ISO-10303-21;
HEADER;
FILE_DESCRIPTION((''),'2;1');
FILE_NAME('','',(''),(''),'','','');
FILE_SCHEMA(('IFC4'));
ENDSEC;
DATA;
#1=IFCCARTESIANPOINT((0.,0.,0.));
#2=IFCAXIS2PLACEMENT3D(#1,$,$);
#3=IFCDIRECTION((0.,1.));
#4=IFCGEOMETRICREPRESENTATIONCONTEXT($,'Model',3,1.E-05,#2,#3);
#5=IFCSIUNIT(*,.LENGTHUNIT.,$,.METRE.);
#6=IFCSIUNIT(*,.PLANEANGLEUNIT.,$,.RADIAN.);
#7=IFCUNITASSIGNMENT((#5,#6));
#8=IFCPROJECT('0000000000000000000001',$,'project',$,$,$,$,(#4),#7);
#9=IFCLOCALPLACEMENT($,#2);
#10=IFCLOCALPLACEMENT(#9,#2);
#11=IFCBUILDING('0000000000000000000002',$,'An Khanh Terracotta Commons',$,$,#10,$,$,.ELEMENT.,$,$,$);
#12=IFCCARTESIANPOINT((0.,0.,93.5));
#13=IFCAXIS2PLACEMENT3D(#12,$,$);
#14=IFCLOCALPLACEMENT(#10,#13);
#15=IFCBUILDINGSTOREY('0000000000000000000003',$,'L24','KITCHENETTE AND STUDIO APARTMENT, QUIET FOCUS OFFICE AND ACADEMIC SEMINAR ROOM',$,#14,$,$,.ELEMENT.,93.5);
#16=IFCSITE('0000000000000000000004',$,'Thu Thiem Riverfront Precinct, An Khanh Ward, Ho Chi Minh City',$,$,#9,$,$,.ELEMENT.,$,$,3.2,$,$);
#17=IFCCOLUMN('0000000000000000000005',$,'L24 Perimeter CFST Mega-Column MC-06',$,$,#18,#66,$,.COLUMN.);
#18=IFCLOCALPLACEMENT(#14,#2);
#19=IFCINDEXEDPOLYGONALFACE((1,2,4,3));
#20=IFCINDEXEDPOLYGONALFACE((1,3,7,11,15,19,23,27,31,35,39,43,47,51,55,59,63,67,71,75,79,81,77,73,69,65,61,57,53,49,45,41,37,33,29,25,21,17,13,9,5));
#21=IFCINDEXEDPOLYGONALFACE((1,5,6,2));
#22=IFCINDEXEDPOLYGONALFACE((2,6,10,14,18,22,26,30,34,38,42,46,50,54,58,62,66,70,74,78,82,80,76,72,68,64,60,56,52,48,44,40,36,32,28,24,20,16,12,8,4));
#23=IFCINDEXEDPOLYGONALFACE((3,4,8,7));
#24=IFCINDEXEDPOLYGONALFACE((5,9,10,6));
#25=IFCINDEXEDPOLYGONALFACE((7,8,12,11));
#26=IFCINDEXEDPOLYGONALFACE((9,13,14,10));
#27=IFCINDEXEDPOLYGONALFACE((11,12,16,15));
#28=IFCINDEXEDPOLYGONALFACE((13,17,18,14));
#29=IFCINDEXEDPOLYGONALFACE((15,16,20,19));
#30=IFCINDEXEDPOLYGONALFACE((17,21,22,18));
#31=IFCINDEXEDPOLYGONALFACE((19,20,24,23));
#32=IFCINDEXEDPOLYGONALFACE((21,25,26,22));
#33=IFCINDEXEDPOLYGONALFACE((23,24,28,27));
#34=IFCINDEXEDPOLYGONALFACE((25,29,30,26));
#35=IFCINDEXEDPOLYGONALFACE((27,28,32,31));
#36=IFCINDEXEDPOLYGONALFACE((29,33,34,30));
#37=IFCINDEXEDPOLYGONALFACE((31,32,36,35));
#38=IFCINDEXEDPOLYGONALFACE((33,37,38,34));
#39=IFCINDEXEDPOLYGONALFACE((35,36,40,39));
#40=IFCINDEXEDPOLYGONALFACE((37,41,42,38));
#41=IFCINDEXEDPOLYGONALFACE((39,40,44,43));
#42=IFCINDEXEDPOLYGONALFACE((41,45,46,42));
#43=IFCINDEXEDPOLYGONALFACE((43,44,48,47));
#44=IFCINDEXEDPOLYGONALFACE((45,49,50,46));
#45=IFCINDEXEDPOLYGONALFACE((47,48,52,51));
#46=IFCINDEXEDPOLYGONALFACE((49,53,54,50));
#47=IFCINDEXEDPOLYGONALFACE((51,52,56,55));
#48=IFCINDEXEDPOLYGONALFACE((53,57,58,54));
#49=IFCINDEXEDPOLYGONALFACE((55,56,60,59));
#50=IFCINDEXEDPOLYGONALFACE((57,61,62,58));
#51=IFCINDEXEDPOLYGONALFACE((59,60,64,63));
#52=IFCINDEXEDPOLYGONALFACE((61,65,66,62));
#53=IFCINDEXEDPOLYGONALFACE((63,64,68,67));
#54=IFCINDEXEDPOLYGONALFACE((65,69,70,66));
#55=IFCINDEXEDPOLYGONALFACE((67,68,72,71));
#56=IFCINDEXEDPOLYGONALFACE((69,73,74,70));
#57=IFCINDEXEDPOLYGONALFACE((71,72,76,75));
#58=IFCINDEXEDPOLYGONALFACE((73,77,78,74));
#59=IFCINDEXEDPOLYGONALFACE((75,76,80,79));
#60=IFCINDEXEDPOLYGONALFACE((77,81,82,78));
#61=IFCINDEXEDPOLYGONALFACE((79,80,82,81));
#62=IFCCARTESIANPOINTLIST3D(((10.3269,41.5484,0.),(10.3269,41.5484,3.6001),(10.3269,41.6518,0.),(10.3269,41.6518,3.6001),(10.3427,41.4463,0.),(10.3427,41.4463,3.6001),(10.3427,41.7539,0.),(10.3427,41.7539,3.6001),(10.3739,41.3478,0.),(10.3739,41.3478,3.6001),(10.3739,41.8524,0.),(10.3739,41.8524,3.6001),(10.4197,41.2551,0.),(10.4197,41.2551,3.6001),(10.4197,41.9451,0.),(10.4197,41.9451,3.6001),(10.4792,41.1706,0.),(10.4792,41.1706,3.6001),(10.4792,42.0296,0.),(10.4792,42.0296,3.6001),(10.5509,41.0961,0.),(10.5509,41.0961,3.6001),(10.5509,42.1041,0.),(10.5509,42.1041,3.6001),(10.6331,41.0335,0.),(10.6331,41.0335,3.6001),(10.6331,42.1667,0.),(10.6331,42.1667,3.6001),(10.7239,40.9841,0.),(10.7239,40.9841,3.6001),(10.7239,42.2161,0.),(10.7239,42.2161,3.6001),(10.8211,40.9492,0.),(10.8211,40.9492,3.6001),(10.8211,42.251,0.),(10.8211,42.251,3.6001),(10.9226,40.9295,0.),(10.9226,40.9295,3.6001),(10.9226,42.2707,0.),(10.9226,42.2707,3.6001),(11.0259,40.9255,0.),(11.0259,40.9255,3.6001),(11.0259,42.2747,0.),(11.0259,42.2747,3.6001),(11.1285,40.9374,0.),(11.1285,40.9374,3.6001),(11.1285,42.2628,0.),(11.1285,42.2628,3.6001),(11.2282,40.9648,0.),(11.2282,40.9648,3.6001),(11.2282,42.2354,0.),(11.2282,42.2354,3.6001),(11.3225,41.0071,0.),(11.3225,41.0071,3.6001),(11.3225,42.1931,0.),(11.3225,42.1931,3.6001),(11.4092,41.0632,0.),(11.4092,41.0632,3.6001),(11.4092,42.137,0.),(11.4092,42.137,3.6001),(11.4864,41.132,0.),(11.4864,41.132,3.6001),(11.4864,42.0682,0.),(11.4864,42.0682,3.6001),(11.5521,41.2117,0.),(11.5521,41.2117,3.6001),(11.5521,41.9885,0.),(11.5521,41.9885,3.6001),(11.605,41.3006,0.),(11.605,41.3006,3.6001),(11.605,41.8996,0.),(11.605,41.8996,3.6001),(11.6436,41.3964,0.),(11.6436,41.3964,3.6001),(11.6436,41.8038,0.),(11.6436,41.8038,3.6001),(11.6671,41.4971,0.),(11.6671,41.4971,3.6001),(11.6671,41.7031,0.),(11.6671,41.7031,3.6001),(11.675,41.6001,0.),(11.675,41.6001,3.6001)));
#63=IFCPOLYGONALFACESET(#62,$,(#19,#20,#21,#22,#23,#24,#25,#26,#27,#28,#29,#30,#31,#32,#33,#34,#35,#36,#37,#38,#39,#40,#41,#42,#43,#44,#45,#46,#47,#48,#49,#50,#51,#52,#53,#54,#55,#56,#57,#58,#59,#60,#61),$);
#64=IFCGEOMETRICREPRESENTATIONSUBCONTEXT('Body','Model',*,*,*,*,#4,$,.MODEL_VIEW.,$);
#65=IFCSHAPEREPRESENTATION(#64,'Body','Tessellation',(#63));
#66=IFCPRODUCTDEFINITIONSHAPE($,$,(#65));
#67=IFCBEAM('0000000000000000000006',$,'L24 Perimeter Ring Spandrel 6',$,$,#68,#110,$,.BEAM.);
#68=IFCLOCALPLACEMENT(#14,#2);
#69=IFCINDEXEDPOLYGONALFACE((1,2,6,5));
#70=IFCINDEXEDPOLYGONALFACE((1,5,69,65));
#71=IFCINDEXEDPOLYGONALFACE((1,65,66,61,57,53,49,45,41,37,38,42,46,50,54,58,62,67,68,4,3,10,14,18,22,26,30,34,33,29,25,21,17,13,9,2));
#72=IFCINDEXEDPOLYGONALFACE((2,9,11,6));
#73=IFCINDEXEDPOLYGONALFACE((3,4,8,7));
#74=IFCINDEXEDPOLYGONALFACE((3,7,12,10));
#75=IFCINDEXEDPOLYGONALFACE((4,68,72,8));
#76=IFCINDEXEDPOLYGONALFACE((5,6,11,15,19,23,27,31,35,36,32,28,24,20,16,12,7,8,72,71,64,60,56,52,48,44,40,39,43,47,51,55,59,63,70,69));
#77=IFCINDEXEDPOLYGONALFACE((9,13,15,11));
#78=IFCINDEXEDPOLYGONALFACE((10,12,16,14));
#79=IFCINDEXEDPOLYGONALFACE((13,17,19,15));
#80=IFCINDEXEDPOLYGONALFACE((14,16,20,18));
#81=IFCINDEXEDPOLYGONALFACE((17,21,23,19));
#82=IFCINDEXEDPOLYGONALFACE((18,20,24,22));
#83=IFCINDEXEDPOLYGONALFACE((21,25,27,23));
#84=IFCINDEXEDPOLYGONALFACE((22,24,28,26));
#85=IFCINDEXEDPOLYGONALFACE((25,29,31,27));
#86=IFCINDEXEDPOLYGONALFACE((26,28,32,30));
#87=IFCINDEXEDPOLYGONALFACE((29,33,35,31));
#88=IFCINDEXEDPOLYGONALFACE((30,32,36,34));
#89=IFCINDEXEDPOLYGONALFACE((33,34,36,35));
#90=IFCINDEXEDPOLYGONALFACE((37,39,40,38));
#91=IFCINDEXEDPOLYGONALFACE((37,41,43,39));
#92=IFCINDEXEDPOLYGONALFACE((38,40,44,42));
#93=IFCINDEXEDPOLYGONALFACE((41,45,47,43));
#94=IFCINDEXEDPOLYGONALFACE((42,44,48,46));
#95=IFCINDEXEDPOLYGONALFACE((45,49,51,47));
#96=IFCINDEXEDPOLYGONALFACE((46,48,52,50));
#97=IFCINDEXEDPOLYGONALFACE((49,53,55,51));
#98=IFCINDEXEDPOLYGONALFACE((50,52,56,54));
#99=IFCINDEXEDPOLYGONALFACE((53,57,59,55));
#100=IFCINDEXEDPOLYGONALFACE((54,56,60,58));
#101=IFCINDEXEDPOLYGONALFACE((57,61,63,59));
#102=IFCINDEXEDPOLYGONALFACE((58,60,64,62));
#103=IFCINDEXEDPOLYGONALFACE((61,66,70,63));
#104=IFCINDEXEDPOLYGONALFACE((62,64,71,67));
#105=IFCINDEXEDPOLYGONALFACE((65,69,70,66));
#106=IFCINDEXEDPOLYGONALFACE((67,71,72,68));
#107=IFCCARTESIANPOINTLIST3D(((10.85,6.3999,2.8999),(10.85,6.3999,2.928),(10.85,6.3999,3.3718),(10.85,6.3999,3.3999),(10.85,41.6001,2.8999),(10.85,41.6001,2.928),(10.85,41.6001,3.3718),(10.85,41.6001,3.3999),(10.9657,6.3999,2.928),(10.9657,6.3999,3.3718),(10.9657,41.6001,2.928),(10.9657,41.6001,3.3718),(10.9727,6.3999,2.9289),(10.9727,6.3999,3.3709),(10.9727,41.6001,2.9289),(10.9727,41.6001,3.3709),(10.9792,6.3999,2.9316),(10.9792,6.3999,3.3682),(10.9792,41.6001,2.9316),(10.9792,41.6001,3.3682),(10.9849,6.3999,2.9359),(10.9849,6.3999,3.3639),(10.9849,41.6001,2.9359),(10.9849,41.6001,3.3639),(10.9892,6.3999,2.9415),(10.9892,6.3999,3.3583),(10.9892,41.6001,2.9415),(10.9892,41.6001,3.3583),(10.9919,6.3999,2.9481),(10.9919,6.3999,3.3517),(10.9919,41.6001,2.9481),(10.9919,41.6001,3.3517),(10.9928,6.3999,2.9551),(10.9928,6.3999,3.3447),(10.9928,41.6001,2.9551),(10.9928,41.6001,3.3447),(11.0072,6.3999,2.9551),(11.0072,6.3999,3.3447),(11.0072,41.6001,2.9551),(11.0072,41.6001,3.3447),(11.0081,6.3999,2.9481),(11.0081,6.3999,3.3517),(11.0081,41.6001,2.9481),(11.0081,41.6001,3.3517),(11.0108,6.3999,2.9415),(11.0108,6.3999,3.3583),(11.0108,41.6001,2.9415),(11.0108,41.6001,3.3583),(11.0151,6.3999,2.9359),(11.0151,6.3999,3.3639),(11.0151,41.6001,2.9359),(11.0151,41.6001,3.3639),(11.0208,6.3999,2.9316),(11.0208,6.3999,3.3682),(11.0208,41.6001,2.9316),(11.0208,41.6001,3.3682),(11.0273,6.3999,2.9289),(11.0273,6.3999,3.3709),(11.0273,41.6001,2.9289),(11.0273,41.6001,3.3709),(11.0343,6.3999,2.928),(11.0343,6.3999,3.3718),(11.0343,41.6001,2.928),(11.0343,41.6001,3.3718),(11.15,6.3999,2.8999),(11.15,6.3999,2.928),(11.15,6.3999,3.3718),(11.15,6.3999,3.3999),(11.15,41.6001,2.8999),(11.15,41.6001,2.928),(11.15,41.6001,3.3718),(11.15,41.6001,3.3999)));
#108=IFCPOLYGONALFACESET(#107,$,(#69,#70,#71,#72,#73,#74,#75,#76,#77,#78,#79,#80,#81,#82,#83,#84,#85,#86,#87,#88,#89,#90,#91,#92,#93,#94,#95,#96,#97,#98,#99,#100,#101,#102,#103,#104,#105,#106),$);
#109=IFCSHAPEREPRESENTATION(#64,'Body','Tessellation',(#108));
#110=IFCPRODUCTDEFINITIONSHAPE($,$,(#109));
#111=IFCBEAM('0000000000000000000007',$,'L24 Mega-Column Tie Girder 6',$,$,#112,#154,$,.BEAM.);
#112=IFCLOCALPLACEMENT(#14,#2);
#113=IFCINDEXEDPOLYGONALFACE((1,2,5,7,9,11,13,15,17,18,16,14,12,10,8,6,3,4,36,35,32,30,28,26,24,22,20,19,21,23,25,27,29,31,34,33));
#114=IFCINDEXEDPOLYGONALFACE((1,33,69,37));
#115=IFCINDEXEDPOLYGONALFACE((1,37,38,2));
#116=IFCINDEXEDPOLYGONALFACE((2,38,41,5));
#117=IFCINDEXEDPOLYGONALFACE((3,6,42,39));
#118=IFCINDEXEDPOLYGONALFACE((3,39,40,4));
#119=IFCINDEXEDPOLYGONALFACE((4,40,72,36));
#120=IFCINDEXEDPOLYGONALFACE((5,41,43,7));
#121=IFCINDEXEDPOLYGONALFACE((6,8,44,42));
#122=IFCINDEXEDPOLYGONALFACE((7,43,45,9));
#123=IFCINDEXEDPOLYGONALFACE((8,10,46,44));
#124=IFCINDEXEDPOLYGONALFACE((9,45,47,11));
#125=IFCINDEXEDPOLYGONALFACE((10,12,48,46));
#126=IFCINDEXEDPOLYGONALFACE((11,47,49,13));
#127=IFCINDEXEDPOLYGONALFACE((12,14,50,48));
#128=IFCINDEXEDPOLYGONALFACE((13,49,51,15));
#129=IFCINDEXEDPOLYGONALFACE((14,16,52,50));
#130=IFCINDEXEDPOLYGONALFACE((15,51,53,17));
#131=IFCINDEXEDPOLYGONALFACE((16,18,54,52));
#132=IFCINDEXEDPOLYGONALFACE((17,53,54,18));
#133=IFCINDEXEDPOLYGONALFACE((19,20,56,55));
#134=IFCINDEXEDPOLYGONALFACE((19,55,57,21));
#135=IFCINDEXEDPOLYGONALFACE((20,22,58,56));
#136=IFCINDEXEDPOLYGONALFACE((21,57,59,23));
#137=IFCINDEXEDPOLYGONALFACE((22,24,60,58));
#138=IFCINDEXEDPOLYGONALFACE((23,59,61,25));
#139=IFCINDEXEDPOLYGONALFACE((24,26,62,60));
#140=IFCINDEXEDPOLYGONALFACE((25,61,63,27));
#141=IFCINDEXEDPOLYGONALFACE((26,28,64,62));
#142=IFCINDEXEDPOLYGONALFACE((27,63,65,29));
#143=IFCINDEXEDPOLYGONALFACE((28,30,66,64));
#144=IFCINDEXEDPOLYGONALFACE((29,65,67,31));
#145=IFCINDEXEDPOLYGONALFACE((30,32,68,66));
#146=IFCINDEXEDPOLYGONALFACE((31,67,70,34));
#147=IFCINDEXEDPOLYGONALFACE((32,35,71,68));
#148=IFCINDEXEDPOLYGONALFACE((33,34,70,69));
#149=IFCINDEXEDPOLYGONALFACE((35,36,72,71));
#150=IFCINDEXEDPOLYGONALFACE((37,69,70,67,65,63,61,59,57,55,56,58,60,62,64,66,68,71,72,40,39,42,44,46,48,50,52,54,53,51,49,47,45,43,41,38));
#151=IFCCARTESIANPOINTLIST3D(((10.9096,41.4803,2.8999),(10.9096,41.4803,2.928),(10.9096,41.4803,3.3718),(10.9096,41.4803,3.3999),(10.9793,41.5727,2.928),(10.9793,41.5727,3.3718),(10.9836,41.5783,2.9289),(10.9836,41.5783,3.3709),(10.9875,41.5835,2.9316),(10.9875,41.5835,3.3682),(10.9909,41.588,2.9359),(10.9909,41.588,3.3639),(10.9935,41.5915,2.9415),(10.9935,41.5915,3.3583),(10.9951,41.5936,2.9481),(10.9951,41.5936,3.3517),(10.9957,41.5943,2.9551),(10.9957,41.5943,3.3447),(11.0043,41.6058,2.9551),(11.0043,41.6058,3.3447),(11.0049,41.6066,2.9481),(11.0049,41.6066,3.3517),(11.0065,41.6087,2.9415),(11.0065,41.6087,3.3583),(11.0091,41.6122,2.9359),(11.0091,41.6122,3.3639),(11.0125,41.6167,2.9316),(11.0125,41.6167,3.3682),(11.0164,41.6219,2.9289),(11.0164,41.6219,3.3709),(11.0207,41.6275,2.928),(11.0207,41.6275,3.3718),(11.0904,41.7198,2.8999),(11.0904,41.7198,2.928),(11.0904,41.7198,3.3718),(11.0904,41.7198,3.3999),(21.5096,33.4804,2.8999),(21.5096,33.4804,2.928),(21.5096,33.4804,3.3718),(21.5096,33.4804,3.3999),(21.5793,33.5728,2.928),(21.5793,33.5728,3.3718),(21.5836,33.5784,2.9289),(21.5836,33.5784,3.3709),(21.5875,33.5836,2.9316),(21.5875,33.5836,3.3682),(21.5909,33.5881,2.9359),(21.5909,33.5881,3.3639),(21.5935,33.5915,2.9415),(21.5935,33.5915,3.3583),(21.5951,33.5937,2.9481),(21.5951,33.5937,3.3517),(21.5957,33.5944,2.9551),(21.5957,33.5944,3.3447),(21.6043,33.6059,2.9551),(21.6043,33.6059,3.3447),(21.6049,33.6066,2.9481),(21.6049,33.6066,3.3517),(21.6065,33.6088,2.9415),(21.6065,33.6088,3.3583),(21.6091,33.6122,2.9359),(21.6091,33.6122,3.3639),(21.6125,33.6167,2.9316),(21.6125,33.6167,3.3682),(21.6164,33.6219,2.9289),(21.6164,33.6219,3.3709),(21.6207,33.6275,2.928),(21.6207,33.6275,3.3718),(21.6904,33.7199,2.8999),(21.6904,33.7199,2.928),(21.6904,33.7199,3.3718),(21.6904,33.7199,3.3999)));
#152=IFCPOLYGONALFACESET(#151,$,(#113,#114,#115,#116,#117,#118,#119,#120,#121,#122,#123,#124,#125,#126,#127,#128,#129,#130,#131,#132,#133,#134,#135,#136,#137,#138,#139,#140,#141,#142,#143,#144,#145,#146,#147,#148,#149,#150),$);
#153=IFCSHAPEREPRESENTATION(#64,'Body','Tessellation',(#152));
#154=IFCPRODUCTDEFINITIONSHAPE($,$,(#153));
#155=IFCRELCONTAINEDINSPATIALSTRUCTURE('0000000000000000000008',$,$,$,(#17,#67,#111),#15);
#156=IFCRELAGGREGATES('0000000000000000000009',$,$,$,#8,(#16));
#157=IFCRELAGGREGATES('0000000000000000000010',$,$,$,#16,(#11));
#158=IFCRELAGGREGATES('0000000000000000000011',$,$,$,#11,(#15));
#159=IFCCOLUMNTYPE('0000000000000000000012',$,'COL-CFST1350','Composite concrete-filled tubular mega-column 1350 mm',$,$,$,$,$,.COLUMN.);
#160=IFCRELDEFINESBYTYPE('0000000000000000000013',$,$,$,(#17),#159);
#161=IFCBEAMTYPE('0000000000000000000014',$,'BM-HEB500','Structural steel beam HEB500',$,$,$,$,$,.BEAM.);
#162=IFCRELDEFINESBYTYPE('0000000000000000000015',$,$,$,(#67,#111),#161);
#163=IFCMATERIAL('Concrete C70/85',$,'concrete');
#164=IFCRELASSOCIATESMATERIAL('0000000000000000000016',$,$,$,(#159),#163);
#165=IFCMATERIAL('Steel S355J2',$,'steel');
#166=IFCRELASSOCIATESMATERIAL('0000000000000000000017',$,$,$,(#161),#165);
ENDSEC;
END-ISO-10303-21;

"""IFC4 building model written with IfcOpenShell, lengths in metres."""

from ifc_helpers import new_model, si_unit, direction, frame, origin, origin_2d, place, context, subcontext, project, spatial, circle, i_section, extrude, material, material_profile, profile_set, type_object, element, save


model = new_model("IFC4")

# Units and contexts
model_context = context("Model", 3, precision=1e-05, world=origin(), true_north=direction((0.0, 1.0)))
body_context = subcontext(model_context, "Body", "Model", "MODEL_VIEW")
ifc_project = project(units=[si_unit("LENGTHUNIT", "METRE"), si_unit("PLANEANGLEUNIT", "RADIAN")], contexts=[model_context])

# Site, building, storey
site_placement = place(None, origin())
site = spatial("IfcSite", under=ifc_project, at=site_placement, Name="Thu Thiem Riverfront Precinct, An Khanh Ward, Ho Chi Minh City", CompositionType="ELEMENT", RefElevation=3.2)
building_placement = place(site_placement, origin())
building = spatial("IfcBuilding", under=site, at=building_placement, Name="An Khanh Terracotta Commons", CompositionType="ELEMENT")
storey_placement = place(building_placement, frame((0.0, 0.0, 93.5)))
storey = spatial("IfcBuildingStorey", under=building, at=storey_placement, Name="L24", Description="KITCHENETTE AND STUDIO APARTMENT, QUIET FOCUS OFFICE AND ACADEMIC SEMINAR ROOM", CompositionType="ELEMENT", Elevation=93.5)

# Column
ifc_material_1 = material(Name="Concrete C70/85", Category="concrete")
ifc_material_profile_1 = material_profile(ifc_material_1, circle(Radius=0.675, at=origin_2d()), Name="CFST1350")
ifc_profile_set_1 = profile_set([ifc_material_profile_1], Name="Concrete C70/85")
column_type = type_object("IfcColumnType", Name="COL-CFST1350", Description="Composite concrete-filled tubular mega-column 1350 mm", PredefinedType="COLUMN", material=ifc_profile_set_1)
column_placement = place(storey_placement, frame((11.0, 41.6001, 0.0), z_axis=(0.0, 0.0, 1.0), x_axis=(1.0, 0.0, 0.0)))
element("IfcColumn", 1, at=column_placement, inside=storey, type_object=column_type, Name="L24 Perimeter CFST Mega-Column MC-06", PredefinedType="COLUMN", context=body_context, shape_type="SweptSolid", body=[
    extrude(circle(Radius=0.675, at=origin_2d()), origin(), (0.0, 0.0, 1.0), 3.6001),
])

# Beams
ifc_material_2 = material(Name="Steel S355J2", Category="steel")
ifc_material_profile_2 = material_profile(ifc_material_2, i_section(OverallWidth=0.3, OverallDepth=0.5, WebThickness=0.0144, FlangeThickness=0.0281, FilletRadius=0.0271, at=origin_2d()), Name="HEB500")
ifc_profile_set_2 = profile_set([ifc_material_profile_2], Name="Steel S355J2")
beam_type = type_object("IfcBeamType", Name="BM-HEB500", Description="Structural steel beam HEB500", PredefinedType="BEAM", material=ifc_profile_set_2)
beam_1_placement = place(storey_placement, frame((11.0, 41.6001, 3.1499), z_axis=(0.0, -1.0, 0.0), x_axis=(1.0, 0.0, 0.0)))
element("IfcBeam", 2, at=beam_1_placement, inside=storey, type_object=beam_type, Name="L24 Perimeter Ring Spandrel 6", PredefinedType="BEAM", context=body_context, shape_type="SweptSolid", body=[
    extrude(i_section(OverallWidth=0.3, OverallDepth=0.5, WebThickness=0.0144, FlangeThickness=0.0281, FilletRadius=0.0271, at=origin_2d()), origin(), (0.0, 0.0, 1.0), 35.2002),
])
beam_2_placement = place(storey_placement, frame((11.0, 41.6001, 3.1499), z_axis=(0.798192, -0.602403, 0.0), x_axis=(0.602403, 0.798192, 0.0)))
element("IfcBeam", 3, at=beam_2_placement, inside=storey, type_object=beam_type, Name="L24 Mega-Column Tie Girder 6", PredefinedType="BEAM", context=body_context, shape_type="SweptSolid", body=[
    extrude(i_section(OverallWidth=0.3, OverallDepth=0.5, WebThickness=0.0144, FlangeThickness=0.0281, FilletRadius=0.0271, at=origin_2d()), origin(), (0.0, 0.0, 1.0), 13.28),
])

save(model, "model.ifc")
